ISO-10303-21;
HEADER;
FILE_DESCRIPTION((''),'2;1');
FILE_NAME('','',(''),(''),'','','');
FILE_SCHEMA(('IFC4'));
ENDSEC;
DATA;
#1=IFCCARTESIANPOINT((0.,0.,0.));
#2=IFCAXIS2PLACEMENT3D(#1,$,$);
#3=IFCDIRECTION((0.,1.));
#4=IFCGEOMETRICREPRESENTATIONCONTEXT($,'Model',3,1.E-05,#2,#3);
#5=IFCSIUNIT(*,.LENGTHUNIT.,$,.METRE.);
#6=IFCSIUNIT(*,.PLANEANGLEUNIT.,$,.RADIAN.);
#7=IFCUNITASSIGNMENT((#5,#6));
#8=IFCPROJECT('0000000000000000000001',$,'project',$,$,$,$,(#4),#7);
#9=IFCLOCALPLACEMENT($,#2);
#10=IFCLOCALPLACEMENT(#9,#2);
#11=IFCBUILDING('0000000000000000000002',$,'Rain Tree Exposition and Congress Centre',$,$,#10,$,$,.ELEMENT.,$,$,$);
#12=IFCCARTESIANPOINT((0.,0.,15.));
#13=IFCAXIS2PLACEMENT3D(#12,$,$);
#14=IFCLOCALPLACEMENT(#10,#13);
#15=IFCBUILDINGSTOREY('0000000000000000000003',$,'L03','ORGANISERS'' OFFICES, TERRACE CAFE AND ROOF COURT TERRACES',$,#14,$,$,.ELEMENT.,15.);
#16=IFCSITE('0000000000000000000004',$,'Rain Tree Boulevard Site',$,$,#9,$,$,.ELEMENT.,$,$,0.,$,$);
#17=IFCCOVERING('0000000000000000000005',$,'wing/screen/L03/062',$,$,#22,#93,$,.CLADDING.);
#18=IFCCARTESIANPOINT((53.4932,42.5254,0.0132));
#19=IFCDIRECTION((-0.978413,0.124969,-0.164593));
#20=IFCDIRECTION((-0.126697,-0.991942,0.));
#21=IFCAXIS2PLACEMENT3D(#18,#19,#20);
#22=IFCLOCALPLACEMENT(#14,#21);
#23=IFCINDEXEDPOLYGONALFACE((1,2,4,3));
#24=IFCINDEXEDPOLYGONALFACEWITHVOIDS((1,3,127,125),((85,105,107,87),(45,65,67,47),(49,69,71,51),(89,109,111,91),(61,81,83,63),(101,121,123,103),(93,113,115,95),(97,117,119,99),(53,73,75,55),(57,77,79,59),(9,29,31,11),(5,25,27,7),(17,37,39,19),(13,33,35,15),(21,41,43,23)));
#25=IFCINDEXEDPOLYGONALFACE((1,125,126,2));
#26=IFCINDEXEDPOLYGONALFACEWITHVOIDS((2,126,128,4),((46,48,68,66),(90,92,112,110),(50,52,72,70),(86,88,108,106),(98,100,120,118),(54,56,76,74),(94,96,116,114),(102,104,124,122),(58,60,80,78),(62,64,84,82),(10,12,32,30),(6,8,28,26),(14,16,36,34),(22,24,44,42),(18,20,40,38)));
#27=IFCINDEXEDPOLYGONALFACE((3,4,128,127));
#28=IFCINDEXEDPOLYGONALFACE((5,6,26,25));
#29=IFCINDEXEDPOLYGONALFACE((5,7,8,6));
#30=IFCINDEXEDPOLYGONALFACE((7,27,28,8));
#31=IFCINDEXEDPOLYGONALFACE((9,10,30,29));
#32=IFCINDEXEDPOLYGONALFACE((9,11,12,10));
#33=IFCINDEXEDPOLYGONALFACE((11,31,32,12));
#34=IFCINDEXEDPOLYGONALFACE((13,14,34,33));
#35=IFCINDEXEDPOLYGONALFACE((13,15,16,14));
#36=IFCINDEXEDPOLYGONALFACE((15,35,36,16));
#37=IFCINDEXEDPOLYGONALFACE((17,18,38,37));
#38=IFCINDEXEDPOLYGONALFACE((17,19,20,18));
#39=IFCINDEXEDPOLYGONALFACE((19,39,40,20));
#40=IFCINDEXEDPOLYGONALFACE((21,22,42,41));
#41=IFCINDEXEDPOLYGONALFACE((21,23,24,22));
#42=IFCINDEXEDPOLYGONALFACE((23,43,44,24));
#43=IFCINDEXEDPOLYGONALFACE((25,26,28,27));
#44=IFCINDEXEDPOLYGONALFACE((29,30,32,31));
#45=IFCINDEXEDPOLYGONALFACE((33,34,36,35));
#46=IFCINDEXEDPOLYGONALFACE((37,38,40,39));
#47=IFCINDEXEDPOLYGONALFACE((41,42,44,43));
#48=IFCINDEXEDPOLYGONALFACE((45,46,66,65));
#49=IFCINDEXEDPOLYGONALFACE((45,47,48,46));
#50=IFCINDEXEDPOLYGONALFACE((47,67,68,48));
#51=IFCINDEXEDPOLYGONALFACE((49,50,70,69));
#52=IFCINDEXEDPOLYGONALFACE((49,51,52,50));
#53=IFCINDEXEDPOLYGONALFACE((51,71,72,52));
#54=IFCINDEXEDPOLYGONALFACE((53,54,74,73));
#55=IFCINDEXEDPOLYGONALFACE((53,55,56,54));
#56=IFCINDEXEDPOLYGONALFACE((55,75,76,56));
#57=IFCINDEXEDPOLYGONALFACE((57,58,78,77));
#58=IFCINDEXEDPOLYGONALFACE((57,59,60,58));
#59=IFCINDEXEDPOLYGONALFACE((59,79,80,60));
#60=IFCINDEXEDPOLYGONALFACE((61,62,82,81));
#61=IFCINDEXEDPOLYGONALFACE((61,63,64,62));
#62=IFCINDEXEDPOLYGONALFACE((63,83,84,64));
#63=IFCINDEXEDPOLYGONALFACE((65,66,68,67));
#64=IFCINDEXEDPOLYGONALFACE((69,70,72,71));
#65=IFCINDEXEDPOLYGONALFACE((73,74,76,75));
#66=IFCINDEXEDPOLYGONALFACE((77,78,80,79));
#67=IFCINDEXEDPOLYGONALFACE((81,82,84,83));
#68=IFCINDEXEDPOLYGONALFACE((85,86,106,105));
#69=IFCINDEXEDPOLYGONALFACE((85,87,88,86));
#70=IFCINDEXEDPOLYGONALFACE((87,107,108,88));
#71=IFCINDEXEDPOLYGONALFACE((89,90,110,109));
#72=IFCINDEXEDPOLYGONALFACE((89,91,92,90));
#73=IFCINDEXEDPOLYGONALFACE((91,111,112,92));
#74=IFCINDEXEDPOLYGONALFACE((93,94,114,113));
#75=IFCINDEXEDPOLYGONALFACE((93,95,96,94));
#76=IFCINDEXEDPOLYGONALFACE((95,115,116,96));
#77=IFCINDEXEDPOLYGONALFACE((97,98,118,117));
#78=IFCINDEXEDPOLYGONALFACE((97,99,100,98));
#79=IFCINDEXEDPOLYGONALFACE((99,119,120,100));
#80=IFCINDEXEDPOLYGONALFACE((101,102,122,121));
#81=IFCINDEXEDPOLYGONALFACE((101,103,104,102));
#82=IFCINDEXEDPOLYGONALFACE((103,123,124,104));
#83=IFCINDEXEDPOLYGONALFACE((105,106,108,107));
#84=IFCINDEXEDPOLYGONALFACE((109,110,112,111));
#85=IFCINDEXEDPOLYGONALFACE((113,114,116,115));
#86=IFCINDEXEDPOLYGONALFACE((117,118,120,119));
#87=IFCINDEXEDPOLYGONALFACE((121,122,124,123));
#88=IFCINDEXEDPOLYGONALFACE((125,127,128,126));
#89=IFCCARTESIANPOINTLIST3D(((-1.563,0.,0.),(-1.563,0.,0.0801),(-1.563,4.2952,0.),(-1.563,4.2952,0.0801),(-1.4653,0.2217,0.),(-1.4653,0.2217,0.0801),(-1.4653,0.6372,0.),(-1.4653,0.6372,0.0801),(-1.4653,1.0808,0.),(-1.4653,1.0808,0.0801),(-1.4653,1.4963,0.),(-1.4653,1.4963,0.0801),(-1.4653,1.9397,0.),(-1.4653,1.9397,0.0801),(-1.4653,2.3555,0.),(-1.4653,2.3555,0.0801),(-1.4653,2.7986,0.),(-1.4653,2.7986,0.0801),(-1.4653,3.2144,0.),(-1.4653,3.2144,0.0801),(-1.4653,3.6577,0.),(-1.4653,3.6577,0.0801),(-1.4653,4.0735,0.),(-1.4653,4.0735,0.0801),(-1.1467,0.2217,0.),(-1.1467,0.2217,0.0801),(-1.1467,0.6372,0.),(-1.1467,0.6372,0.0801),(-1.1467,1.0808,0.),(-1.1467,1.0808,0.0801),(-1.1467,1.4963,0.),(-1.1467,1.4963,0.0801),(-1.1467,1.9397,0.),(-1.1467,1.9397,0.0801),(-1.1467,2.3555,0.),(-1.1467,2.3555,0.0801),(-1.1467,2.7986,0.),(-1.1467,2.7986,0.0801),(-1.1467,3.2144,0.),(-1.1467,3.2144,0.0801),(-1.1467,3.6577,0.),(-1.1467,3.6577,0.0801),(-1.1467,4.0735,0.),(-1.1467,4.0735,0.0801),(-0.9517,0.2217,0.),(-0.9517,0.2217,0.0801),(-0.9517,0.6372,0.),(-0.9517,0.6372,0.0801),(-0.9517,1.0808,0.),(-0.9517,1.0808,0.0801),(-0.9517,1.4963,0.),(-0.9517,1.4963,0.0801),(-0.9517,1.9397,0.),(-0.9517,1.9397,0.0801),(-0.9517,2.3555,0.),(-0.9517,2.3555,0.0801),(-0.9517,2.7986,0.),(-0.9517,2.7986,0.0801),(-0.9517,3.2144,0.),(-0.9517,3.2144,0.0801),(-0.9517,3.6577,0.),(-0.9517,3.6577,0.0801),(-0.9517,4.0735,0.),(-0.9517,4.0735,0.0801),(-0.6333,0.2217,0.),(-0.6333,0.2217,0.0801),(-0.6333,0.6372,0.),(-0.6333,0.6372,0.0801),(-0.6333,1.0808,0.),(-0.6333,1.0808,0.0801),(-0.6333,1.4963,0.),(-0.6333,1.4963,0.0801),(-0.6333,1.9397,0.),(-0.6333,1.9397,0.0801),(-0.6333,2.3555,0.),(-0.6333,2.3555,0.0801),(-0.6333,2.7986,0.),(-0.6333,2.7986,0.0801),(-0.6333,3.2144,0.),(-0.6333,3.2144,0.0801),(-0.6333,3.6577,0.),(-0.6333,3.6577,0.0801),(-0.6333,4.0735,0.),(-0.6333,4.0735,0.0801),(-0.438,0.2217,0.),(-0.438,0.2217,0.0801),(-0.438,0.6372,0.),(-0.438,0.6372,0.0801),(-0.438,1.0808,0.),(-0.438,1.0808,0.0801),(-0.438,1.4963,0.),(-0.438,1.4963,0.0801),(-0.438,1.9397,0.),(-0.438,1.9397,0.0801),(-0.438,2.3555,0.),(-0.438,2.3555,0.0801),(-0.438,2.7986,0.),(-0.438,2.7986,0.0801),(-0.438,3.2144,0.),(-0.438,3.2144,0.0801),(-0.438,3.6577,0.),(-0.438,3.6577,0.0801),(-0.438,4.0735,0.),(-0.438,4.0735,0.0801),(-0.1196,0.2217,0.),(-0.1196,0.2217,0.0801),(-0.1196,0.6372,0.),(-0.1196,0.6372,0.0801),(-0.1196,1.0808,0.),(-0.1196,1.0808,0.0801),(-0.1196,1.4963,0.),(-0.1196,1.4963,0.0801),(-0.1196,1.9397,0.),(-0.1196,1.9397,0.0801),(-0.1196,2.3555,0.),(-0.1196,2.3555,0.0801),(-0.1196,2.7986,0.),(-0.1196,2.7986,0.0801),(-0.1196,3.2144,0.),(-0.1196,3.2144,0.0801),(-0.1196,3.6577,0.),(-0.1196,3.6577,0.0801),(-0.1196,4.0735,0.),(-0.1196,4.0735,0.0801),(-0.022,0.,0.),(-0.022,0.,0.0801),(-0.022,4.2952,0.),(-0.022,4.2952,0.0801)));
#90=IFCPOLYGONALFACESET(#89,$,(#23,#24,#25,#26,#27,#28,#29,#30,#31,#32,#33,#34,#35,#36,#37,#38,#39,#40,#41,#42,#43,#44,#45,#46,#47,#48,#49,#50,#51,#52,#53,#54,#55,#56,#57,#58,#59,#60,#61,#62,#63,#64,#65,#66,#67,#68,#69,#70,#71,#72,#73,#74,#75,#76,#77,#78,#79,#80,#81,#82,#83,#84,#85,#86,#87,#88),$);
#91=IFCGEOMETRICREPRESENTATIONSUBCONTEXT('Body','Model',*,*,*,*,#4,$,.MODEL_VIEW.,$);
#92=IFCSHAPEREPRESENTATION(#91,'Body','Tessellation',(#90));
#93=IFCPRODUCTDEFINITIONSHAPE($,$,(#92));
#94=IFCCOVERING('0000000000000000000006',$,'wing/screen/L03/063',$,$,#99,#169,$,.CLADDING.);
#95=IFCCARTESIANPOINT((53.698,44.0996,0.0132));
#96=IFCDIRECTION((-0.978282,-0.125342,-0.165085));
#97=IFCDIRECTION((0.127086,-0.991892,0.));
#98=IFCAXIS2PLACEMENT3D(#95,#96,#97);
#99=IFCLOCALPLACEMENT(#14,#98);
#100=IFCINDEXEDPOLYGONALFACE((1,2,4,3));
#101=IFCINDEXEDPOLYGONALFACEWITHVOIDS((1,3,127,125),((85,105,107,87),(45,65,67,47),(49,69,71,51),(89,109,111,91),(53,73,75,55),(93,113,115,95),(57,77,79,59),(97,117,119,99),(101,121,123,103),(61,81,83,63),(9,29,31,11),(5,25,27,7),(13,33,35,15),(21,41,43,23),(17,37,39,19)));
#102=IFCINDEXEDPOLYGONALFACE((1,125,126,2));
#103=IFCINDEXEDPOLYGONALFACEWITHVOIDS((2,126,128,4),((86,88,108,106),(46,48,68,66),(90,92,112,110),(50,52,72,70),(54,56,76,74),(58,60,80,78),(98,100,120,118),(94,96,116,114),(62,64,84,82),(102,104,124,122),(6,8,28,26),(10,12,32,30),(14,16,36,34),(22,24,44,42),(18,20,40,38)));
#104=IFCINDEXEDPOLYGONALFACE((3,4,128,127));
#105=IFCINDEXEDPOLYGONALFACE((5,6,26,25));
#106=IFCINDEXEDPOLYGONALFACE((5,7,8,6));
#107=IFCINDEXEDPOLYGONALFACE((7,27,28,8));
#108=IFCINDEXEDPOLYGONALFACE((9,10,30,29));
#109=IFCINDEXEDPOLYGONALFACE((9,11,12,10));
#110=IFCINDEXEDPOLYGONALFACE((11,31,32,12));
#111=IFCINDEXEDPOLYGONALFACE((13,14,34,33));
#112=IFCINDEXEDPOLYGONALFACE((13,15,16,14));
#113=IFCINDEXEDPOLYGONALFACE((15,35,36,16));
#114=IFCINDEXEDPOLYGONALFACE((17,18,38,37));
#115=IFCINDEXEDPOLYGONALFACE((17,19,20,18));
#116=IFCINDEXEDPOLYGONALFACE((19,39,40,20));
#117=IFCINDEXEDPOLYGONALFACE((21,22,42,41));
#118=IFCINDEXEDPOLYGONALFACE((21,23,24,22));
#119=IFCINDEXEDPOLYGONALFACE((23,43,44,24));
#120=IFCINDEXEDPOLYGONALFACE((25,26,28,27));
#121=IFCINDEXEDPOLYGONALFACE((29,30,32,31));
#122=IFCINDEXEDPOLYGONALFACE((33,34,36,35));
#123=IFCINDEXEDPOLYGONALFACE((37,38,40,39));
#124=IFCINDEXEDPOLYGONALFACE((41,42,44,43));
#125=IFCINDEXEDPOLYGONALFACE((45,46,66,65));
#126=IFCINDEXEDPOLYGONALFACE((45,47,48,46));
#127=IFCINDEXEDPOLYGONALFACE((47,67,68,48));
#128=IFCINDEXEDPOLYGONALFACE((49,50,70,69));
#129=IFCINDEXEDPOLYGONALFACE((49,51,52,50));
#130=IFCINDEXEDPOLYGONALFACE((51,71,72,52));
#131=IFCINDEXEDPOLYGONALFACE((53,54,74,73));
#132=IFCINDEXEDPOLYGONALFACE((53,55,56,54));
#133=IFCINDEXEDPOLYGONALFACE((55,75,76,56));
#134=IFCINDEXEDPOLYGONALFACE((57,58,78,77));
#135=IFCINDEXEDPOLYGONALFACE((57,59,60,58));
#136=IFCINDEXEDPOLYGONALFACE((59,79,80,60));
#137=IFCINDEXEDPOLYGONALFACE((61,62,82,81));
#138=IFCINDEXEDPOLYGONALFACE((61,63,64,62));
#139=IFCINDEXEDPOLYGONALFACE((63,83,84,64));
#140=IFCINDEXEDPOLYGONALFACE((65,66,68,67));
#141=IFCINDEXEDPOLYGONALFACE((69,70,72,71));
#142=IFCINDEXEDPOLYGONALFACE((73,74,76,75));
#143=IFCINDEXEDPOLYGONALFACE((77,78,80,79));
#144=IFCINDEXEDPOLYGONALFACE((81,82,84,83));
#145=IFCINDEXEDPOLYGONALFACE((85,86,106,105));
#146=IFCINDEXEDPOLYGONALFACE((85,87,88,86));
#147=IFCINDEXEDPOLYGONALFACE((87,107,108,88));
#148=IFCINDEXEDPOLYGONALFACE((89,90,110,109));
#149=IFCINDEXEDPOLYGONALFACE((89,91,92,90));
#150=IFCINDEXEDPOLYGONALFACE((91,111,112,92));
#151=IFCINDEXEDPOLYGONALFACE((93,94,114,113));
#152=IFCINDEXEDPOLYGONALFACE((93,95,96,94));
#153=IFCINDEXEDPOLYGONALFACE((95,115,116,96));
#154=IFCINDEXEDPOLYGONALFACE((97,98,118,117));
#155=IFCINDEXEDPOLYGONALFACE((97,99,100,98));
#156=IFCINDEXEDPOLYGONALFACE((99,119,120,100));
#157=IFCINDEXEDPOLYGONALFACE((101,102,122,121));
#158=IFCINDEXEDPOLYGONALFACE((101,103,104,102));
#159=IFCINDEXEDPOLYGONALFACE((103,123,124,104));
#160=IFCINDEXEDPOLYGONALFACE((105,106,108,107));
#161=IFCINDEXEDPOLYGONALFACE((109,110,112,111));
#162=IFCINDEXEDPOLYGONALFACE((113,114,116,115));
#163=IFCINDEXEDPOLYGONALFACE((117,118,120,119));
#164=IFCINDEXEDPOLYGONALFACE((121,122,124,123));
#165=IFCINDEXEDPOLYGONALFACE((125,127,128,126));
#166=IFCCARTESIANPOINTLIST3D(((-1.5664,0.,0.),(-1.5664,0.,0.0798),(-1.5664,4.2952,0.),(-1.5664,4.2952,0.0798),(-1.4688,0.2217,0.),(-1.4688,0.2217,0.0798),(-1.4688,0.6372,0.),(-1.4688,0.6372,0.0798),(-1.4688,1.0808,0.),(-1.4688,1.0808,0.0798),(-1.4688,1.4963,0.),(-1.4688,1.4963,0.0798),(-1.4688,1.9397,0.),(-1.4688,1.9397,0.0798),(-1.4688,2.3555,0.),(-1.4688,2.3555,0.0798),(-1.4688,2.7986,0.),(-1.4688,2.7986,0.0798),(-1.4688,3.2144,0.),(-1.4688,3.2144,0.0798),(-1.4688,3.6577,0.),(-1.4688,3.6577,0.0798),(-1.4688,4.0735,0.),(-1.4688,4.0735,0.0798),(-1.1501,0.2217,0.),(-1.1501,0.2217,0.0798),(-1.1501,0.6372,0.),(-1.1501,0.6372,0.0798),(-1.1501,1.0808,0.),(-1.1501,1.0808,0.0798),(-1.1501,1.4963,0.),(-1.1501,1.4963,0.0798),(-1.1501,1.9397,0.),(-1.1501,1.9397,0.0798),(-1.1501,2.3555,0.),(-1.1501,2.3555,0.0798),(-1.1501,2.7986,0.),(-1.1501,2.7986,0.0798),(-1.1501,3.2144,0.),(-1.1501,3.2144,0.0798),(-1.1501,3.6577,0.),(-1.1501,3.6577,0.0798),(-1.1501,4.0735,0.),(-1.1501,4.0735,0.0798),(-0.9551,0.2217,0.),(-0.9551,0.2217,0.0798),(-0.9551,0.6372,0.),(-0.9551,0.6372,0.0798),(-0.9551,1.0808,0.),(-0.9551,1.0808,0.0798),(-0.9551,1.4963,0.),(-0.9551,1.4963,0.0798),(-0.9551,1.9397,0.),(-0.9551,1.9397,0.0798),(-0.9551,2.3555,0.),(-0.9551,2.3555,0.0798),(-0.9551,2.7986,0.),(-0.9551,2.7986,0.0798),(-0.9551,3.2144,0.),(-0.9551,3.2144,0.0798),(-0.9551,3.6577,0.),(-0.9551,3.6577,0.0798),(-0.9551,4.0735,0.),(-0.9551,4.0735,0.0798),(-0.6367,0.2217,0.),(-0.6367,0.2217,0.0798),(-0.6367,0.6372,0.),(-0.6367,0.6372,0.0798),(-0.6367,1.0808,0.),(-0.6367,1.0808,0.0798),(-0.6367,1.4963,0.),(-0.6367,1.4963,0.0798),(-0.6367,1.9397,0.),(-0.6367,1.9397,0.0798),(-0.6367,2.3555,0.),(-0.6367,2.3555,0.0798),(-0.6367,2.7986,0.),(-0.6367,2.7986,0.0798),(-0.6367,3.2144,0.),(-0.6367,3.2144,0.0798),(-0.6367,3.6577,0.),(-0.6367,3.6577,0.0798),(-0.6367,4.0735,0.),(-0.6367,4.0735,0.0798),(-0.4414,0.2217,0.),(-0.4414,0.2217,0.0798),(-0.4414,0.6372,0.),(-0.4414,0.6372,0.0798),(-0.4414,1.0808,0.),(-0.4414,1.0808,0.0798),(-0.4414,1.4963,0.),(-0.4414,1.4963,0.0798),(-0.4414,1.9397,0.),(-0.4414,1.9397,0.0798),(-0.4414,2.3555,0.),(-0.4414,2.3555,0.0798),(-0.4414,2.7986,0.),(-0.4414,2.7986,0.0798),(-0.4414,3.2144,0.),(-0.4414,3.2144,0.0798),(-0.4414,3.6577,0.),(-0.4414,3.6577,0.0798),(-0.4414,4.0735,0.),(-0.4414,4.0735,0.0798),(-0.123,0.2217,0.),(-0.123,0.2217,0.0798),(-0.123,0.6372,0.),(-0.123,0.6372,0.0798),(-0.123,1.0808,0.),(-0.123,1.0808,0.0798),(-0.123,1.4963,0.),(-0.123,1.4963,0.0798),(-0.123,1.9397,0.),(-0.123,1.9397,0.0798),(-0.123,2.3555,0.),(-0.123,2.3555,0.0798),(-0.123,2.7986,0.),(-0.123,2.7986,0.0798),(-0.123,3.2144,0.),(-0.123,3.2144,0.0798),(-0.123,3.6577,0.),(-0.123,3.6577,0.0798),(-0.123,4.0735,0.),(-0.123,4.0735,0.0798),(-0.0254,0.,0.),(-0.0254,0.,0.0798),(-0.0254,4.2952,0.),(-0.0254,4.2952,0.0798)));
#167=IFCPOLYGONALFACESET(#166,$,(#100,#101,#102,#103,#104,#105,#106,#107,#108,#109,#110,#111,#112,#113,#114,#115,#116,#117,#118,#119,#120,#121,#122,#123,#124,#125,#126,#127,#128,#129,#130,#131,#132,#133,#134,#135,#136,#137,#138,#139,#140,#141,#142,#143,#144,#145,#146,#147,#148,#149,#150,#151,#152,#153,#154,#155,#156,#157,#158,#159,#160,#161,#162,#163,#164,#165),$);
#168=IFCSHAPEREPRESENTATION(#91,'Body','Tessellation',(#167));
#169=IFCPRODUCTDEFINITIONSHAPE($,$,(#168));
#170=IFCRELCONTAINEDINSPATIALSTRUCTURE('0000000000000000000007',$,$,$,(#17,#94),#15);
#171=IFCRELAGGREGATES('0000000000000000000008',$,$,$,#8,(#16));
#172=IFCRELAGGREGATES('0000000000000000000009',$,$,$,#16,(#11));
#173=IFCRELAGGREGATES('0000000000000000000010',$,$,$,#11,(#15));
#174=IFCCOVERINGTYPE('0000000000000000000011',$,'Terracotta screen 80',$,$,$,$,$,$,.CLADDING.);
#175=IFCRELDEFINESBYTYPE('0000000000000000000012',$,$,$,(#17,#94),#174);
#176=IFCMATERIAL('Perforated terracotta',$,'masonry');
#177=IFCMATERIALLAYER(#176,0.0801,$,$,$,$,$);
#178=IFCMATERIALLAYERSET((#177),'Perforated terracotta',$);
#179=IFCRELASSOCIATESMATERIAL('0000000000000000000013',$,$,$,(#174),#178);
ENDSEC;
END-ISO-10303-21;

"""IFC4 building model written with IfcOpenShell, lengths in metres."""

from ifc_helpers import new_model, si_unit, direction, frame, origin, place, context, subcontext, project, spatial, polyline, outline, extrude, material, layer, layer_set, type_object, element, save


model = new_model("IFC4")

# Units and contexts
model_context = context("Model", 3, precision=1e-05, world=origin(), true_north=direction((0.0, 1.0)))
body_context = subcontext(model_context, "Body", "Model", "MODEL_VIEW")
ifc_project = project(units=[si_unit("LENGTHUNIT", "METRE"), si_unit("PLANEANGLEUNIT", "RADIAN")], contexts=[model_context])

# Site, building, storey
site_placement = place(None, origin())
site = spatial("IfcSite", under=ifc_project, at=site_placement, Name="Rain Tree Boulevard Site", CompositionType="ELEMENT", RefElevation=0.0)
building_placement = place(site_placement, origin())
building = spatial("IfcBuilding", under=site, at=building_placement, Name="Rain Tree Exposition and Congress Centre", CompositionType="ELEMENT")
storey_placement = place(building_placement, frame((0.0, 0.0, 15.0)))
storey = spatial("IfcBuildingStorey", under=building, at=storey_placement, Name="L03", Description="ORGANISERS' OFFICES, TERRACE CAFE AND ROOF COURT TERRACES", CompositionType="ELEMENT", Elevation=15.0)

# Coverings
ifc_material_1 = material(Name="Perforated terracotta", Category="masonry")
ifc_layer_1 = layer(ifc_material_1, 0.0801)
ifc_layer_set_1 = layer_set([ifc_layer_1], Name="Perforated terracotta")
covering_type_1 = type_object("IfcCoveringType", Name="Terracotta screen 80", PredefinedType="CLADDING", material=ifc_layer_set_1)
covering_1_placement = place(storey_placement, frame((53.4932, 42.5254, 0.0132), z_axis=(-0.978413, 0.124969, -0.164593), x_axis=(-0.126697, -0.991942, 0.0)))
element("IfcCovering", 1, at=covering_1_placement, inside=storey, type_object=covering_type_1, Name="wing/screen/L03/062", PredefinedType="CLADDING", context=body_context, shape_type="SweptSolid", body=[
    extrude(outline(polyline([(-1.563, 0.0), (-1.563, 4.2952), (-0.022, 4.2952), (-0.022, 0.0), (-1.563, 0.0)]), holes=[polyline([(-0.1196, 0.2217), (-0.1196, 0.6372), (-0.438, 0.6372), (-0.438, 0.2217), (-0.1196, 0.2217)]), polyline([(-0.1196, 1.0808), (-0.1196, 1.4963), (-0.438, 1.4963), (-0.438, 1.0808), (-0.1196, 1.0808)]), polyline([(-0.1196, 1.9397), (-0.1196, 2.3555), (-0.438, 2.3555), (-0.438, 1.9397), (-0.1196, 1.9397)]), polyline([(-0.1196, 2.7986), (-0.1196, 3.2144), (-0.438, 3.2144), (-0.438, 2.7986), (-0.1196, 2.7986)]), polyline([(-0.1196, 3.6577), (-0.1196, 4.0735), (-0.438, 4.0735), (-0.438, 3.6577), (-0.1196, 3.6577)]), polyline([(-0.6333, 0.2217), (-0.6333, 0.6372), (-0.9517, 0.6372), (-0.9517, 0.2217), (-0.6333, 0.2217)]), polyline([(-0.6333, 1.0808), (-0.6333, 1.4963), (-0.9517, 1.4963), (-0.9517, 1.0808), (-0.6333, 1.0808)]), polyline([(-0.6333, 1.9397), (-0.6333, 2.3555), (-0.9517, 2.3555), (-0.9517, 1.9397), (-0.6333, 1.9397)]), polyline([(-0.6333, 2.7986), (-0.6333, 3.2144), (-0.9517, 3.2144), (-0.9517, 2.7986), (-0.6333, 2.7986)]), polyline([(-0.6333, 3.6577), (-0.6333, 4.0735), (-0.9517, 4.0735), (-0.9517, 3.6577), (-0.6333, 3.6577)]), polyline([(-1.1467, 0.2217), (-1.1467, 0.6372), (-1.4653, 0.6372), (-1.4653, 0.2217), (-1.1467, 0.2217)]), polyline([(-1.1467, 1.0808), (-1.1467, 1.4963), (-1.4653, 1.4963), (-1.4653, 1.0808), (-1.1467, 1.0808)]), polyline([(-1.1467, 1.9397), (-1.1467, 2.3555), (-1.4653, 2.3555), (-1.4653, 1.9397), (-1.1467, 1.9397)]), polyline([(-1.1467, 2.7986), (-1.1467, 3.2144), (-1.4653, 3.2144), (-1.4653, 2.7986), (-1.1467, 2.7986)]), polyline([(-1.1467, 3.6577), (-1.1467, 4.0735), (-1.4653, 4.0735), (-1.4653, 3.6577), (-1.1467, 3.6577)])]), origin(), (0.0, 0.0, 1.0), 0.0801),
])
covering_2_placement = place(storey_placement, frame((53.698, 44.0996, 0.0132), z_axis=(-0.978282, -0.125342, -0.165085), x_axis=(0.127086, -0.991892, 0.0)))
element("IfcCovering", 2, at=covering_2_placement, inside=storey, type_object=covering_type_1, Name="wing/screen/L03/063", PredefinedType="CLADDING", context=body_context, shape_type="SweptSolid", body=[
    extrude(outline(polyline([(-1.5664, 0.0), (-1.5664, 4.2952), (-0.0254, 4.2952), (-0.0254, 0.0), (-1.5664, 0.0)]), holes=[polyline([(-0.123, 0.2217), (-0.123, 0.6372), (-0.4414, 0.6372), (-0.4414, 0.2217), (-0.123, 0.2217)]), polyline([(-0.123, 1.0808), (-0.123, 1.4963), (-0.4414, 1.4963), (-0.4414, 1.0808), (-0.123, 1.0808)]), polyline([(-0.123, 1.9397), (-0.123, 2.3555), (-0.4414, 2.3555), (-0.4414, 1.9397), (-0.123, 1.9397)]), polyline([(-0.123, 2.7986), (-0.123, 3.2144), (-0.4414, 3.2144), (-0.4414, 2.7986), (-0.123, 2.7986)]), polyline([(-0.123, 3.6577), (-0.123, 4.0735), (-0.4414, 4.0735), (-0.4414, 3.6577), (-0.123, 3.6577)]), polyline([(-0.6367, 0.2217), (-0.6367, 0.6372), (-0.9551, 0.6372), (-0.9551, 0.2217), (-0.6367, 0.2217)]), polyline([(-0.6367, 1.0808), (-0.6367, 1.4963), (-0.9551, 1.4963), (-0.9551, 1.0808), (-0.6367, 1.0808)]), polyline([(-0.6367, 1.9397), (-0.6367, 2.3555), (-0.9551, 2.3555), (-0.9551, 1.9397), (-0.6367, 1.9397)]), polyline([(-0.6367, 2.7986), (-0.6367, 3.2144), (-0.9551, 3.2144), (-0.9551, 2.7986), (-0.6367, 2.7986)]), polyline([(-0.6367, 3.6577), (-0.6367, 4.0735), (-0.9551, 4.0735), (-0.9551, 3.6577), (-0.6367, 3.6577)]), polyline([(-1.1501, 0.2217), (-1.1501, 0.6372), (-1.4688, 0.6372), (-1.4688, 0.2217), (-1.1501, 0.2217)]), polyline([(-1.1501, 1.0808), (-1.1501, 1.4963), (-1.4688, 1.4963), (-1.4688, 1.0808), (-1.1501, 1.0808)]), polyline([(-1.1501, 1.9397), (-1.1501, 2.3555), (-1.4688, 2.3555), (-1.4688, 1.9397), (-1.1501, 1.9397)]), polyline([(-1.1501, 2.7986), (-1.1501, 3.2144), (-1.4688, 3.2144), (-1.4688, 2.7986), (-1.1501, 2.7986)]), polyline([(-1.1501, 3.6577), (-1.1501, 4.0735), (-1.4688, 4.0735), (-1.4688, 3.6577), (-1.1501, 3.6577)])]), origin(), (0.0, 0.0, 1.0), 0.0798),
])

save(model, "model.ifc")
